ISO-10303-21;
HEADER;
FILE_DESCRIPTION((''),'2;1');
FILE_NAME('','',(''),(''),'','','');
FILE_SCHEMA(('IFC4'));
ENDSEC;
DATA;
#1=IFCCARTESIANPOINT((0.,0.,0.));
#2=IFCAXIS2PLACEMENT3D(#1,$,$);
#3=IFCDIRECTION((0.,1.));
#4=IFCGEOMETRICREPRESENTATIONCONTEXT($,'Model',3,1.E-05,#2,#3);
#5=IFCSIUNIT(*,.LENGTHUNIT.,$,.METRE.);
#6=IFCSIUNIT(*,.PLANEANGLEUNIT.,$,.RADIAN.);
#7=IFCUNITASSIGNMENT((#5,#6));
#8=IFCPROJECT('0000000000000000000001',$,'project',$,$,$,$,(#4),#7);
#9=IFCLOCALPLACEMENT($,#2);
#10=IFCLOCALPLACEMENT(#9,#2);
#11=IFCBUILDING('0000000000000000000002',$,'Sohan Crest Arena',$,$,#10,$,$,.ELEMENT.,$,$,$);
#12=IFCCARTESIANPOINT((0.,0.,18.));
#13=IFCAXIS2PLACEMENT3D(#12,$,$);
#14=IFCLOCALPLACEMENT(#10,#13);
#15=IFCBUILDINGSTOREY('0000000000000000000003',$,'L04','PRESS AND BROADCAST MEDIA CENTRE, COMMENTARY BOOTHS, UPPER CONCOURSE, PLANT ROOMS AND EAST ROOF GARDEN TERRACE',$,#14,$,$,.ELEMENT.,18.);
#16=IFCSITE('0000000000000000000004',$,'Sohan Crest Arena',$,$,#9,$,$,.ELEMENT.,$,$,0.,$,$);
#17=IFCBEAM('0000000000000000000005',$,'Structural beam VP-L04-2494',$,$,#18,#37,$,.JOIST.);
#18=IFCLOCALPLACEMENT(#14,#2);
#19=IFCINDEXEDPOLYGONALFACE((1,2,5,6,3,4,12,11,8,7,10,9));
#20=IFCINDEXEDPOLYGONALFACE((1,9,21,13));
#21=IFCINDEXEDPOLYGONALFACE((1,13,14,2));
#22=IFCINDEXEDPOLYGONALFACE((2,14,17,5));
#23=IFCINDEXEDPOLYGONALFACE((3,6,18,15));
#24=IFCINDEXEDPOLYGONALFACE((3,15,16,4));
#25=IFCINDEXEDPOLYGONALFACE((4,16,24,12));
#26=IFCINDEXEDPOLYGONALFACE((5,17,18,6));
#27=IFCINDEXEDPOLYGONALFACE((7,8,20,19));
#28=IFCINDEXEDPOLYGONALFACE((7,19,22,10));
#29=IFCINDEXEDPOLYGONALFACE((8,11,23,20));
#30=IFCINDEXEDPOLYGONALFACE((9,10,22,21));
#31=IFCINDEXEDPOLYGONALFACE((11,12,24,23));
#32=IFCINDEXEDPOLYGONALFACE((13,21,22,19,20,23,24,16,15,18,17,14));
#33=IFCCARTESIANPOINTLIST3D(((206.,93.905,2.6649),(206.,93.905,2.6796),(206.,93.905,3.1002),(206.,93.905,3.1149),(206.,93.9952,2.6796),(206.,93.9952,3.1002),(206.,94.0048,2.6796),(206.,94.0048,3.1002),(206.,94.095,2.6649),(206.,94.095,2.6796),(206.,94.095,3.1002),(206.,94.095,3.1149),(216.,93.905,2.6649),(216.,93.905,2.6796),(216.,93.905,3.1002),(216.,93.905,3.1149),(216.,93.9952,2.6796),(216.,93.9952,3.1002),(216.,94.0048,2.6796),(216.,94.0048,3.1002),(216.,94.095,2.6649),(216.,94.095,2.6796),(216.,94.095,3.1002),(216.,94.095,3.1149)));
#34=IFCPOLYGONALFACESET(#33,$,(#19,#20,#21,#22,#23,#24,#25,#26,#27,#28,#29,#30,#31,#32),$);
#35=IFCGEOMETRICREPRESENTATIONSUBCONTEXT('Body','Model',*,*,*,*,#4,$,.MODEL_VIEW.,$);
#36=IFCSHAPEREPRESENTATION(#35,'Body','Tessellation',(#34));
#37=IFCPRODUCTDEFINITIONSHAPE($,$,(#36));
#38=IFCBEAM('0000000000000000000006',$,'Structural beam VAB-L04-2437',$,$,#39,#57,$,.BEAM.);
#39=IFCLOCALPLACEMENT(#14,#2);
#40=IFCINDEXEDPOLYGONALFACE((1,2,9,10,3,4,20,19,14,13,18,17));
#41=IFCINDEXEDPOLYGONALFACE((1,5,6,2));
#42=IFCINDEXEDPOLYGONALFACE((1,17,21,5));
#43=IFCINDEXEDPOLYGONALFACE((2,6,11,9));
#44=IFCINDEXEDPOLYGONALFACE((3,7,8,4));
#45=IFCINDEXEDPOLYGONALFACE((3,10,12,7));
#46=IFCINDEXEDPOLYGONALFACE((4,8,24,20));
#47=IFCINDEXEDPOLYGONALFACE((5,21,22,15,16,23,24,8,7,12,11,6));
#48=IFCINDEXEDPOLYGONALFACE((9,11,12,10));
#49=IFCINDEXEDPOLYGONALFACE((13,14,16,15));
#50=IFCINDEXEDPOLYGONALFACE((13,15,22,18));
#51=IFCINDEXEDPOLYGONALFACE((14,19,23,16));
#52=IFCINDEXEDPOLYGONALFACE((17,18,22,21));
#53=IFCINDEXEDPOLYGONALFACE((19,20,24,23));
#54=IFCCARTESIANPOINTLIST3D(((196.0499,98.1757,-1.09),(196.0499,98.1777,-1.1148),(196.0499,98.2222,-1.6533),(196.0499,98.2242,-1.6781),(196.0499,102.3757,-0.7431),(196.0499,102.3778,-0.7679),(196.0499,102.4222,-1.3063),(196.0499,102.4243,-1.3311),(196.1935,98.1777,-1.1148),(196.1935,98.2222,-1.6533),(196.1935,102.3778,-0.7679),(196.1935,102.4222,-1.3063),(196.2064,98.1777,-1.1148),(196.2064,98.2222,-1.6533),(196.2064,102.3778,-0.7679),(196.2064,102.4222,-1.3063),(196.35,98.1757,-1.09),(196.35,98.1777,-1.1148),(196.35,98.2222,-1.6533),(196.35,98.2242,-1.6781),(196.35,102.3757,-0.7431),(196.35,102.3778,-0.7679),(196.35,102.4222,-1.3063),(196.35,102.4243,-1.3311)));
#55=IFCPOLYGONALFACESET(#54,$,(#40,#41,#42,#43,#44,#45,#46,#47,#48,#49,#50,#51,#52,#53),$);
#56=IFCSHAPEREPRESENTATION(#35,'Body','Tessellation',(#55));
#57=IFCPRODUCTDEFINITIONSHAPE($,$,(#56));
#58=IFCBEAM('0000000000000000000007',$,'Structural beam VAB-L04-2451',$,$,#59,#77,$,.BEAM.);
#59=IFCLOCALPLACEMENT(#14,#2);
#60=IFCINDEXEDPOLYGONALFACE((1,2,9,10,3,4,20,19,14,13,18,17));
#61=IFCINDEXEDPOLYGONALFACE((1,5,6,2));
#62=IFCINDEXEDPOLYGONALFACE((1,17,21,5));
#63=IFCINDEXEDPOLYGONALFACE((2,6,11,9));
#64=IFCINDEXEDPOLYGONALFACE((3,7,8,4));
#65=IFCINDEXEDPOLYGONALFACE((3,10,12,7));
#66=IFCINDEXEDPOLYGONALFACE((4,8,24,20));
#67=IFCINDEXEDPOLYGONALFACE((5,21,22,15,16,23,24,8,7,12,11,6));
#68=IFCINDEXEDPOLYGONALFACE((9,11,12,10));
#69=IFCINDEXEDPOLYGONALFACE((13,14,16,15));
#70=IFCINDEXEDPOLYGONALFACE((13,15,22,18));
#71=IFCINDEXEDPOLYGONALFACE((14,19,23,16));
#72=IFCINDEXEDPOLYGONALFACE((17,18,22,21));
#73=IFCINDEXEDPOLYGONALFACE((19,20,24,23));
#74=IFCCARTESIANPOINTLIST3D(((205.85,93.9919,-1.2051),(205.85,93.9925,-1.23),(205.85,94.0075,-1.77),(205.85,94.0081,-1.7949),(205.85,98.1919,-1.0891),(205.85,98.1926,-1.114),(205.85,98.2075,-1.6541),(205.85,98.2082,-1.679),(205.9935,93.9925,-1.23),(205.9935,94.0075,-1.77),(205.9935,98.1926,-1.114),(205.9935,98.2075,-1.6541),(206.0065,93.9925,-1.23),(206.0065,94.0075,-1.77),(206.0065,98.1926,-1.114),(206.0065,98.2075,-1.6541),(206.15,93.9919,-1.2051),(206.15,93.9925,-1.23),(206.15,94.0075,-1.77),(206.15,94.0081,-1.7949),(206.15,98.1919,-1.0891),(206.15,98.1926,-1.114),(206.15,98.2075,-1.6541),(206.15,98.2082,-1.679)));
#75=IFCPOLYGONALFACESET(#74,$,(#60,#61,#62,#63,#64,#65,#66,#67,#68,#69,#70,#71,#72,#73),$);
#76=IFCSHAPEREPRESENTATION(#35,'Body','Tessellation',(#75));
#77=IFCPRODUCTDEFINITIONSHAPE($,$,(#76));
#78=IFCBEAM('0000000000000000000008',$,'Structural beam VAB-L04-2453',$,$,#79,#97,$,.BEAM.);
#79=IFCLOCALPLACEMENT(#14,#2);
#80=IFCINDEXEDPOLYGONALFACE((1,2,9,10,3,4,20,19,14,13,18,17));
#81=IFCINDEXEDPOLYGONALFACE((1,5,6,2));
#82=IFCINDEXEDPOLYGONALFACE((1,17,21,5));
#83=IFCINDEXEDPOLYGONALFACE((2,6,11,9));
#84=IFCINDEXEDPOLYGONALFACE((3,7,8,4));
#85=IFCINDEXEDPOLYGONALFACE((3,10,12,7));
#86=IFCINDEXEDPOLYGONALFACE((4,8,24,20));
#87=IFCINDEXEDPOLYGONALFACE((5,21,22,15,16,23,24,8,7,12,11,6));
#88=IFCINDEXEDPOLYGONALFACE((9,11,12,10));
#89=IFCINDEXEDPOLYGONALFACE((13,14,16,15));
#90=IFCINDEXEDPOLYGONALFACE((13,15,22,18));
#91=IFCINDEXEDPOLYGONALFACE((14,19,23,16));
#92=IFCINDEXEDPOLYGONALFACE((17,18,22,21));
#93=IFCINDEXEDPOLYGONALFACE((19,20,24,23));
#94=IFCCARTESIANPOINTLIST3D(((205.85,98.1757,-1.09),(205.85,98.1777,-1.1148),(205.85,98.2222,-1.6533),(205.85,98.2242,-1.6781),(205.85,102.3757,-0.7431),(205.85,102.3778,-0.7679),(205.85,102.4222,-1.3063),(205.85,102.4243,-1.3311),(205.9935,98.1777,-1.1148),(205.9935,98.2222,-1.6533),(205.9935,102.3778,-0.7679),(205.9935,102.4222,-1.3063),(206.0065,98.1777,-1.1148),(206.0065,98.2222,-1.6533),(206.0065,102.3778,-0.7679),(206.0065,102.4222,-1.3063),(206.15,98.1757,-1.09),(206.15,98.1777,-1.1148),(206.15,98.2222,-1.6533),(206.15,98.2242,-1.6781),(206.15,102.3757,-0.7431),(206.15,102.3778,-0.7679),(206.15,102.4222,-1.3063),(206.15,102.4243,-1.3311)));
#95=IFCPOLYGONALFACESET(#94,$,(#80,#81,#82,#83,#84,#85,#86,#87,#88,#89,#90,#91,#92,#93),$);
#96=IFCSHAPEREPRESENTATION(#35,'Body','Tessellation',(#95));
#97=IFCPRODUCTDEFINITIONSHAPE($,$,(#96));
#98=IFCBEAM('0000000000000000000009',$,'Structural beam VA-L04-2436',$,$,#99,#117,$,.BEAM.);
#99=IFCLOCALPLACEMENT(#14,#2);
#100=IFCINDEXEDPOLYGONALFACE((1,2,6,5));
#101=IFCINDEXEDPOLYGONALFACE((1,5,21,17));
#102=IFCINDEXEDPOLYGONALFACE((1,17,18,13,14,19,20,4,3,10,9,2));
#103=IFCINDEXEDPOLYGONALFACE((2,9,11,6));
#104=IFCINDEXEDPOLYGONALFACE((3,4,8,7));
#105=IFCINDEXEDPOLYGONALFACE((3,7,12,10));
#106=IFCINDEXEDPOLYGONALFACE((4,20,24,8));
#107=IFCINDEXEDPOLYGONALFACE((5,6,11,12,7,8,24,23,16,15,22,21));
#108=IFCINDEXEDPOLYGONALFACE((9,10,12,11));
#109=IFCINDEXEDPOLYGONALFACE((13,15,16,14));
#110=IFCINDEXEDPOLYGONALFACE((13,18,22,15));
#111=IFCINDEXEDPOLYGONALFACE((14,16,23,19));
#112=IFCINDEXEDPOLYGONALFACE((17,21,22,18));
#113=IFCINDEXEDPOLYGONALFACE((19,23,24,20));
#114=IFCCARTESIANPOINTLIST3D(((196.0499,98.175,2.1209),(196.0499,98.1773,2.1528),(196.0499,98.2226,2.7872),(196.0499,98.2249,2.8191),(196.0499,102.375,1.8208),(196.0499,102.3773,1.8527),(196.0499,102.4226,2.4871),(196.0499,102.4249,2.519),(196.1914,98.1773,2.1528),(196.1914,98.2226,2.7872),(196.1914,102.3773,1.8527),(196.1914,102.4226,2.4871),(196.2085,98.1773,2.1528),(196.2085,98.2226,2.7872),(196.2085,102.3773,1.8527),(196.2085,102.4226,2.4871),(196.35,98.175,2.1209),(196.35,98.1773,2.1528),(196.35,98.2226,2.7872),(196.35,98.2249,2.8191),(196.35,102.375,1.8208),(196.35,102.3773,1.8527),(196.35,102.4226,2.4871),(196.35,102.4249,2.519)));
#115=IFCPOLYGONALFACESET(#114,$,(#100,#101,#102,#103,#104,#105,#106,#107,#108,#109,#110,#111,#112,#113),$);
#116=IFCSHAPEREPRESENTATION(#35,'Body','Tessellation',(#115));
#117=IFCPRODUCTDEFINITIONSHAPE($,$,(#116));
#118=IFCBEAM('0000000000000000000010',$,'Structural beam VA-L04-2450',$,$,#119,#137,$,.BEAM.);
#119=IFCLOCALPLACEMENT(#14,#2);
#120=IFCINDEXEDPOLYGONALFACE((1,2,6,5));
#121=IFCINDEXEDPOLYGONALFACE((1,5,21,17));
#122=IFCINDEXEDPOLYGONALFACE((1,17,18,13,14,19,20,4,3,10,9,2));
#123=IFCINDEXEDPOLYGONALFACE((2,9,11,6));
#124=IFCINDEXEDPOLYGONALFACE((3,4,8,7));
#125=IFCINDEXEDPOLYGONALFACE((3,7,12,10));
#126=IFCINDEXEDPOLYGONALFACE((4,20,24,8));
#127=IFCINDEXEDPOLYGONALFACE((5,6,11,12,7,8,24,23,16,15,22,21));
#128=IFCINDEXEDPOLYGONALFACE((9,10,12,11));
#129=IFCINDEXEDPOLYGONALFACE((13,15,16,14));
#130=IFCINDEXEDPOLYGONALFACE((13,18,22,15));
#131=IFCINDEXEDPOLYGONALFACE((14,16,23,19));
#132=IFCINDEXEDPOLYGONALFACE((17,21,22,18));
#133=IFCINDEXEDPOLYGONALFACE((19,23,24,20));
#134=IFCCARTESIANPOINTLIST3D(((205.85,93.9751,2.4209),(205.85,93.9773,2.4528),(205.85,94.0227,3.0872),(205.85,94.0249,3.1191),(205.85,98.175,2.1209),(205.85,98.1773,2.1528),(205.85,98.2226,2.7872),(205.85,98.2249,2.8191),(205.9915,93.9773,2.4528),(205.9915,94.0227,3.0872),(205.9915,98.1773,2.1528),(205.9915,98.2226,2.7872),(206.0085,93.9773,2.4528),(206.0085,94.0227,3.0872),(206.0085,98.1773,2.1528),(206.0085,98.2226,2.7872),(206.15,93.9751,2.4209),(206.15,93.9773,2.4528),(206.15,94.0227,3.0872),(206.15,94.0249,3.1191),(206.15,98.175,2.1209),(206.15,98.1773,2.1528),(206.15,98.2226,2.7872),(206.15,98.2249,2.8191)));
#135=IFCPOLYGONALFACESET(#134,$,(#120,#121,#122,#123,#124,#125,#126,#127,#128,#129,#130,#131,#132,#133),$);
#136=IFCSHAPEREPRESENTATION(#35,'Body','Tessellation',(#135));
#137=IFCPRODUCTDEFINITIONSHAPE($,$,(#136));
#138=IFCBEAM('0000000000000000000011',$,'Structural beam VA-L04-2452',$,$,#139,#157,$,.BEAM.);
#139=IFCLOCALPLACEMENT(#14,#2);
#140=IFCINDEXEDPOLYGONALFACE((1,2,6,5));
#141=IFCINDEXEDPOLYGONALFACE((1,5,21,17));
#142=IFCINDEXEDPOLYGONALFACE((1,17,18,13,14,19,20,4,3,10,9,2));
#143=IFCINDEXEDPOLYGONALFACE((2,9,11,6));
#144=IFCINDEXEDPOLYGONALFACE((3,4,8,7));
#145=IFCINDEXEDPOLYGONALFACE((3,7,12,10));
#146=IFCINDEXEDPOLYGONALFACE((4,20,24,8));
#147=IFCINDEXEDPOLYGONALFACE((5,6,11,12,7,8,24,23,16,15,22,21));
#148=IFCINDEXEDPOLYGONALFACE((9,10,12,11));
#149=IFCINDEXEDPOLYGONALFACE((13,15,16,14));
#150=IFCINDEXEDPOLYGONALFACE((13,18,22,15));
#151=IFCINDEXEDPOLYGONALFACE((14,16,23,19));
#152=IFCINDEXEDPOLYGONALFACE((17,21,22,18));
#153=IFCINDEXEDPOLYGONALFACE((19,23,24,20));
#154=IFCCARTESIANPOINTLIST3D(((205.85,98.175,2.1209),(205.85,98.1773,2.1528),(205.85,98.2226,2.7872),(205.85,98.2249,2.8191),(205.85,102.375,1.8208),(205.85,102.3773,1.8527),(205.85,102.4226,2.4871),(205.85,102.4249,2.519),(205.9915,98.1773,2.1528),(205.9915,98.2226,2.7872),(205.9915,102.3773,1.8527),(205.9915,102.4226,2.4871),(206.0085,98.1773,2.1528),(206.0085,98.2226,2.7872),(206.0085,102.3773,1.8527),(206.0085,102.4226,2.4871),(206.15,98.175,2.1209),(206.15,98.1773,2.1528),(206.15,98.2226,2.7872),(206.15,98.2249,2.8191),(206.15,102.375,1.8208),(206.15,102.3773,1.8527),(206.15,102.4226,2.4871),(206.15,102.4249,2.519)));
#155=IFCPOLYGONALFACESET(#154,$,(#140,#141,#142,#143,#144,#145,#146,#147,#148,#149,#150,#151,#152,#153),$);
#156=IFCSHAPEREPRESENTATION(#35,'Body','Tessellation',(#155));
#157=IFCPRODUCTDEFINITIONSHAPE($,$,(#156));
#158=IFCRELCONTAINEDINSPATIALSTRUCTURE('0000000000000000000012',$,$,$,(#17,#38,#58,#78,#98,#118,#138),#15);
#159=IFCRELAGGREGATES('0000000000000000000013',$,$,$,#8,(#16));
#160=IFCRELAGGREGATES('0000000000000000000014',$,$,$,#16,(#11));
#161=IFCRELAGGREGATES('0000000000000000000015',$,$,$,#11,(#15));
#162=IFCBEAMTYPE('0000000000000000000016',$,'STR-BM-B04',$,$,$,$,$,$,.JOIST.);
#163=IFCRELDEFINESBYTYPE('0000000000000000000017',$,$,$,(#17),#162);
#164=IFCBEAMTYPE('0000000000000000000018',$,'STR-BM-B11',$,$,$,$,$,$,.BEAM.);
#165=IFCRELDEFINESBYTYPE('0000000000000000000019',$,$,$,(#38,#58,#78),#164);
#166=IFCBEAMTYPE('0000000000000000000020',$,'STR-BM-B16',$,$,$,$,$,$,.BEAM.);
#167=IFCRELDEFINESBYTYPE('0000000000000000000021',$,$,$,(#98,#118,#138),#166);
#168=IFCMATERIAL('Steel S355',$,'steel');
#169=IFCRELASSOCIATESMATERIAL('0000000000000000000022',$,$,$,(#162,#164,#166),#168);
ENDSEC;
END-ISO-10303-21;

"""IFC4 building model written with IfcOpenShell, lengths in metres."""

from ifc_helpers import new_model, si_unit, direction, frame, origin, origin_2d, place, context, subcontext, project, spatial, i_section, extrude, material, material_profile, profile_set, type_object, element, save


model = new_model("IFC4")

# Units and contexts
model_context = context("Model", 3, precision=1e-05, world=origin(), true_north=direction((0.0, 1.0)))
body_context = subcontext(model_context, "Body", "Model", "MODEL_VIEW")
ifc_project = project(units=[si_unit("LENGTHUNIT", "METRE"), si_unit("PLANEANGLEUNIT", "RADIAN")], contexts=[model_context])

# Site, building, storey
site_placement = place(None, origin())
site = spatial("IfcSite", under=ifc_project, at=site_placement, Name="Sohan Crest Arena", CompositionType="ELEMENT", RefElevation=0.0)
building_placement = place(site_placement, origin())
building = spatial("IfcBuilding", under=site, at=building_placement, Name="Sohan Crest Arena", CompositionType="ELEMENT")
storey_placement = place(building_placement, frame((0.0, 0.0, 18.0)))
storey = spatial("IfcBuildingStorey", under=building, at=storey_placement, Name="L04", Description="PRESS AND BROADCAST MEDIA CENTRE, COMMENTARY BOOTHS, UPPER CONCOURSE, PLANT ROOMS AND EAST ROOF GARDEN TERRACE", CompositionType="ELEMENT", Elevation=18.0)

# Beams
ifc_material_1 = material(Name="Steel S355", Category="steel")
ifc_material_profile_1 = material_profile(ifc_material_1, i_section(OverallWidth=0.1899, OverallDepth=0.45, WebThickness=0.0095, FlangeThickness=0.0146, at=origin_2d()), Name="IPE 450")
ifc_profile_set_1 = profile_set([ifc_material_profile_1], Name="Steel S355")
beam_type_1 = type_object("IfcBeamType", Name="STR-BM-B04", PredefinedType="JOIST", material=ifc_profile_set_1)
beam_1_placement = place(storey_placement, frame((206.0, 94.0, 2.8899), z_axis=(1.0, 0.0, 0.0), x_axis=(0.0, 1.0, 0.0)))
element("IfcBeam", 1, at=beam_1_placement, inside=storey, type_object=beam_type_1, Name="Structural beam VP-L04-2494", PredefinedType="JOIST", context=body_context, shape_type="SweptSolid", body=[
    extrude(i_section(OverallWidth=0.1899, OverallDepth=0.45, WebThickness=0.0095, FlangeThickness=0.0146, at=origin_2d()), origin(), (0.0, 0.0, 1.0), 10.0),
])
ifc_material_profile_2 = material_profile(ifc_material_1, i_section(OverallWidth=0.3, OverallDepth=0.5901, WebThickness=0.0129, FlangeThickness=0.0249, at=origin_2d()), Name="HEA 600")
ifc_profile_set_2 = profile_set([ifc_material_profile_2], Name="Steel S355")
beam_type_2 = type_object("IfcBeamType", Name="STR-BM-B11", PredefinedType="BEAM", material=ifc_profile_set_2)
beam_2_placement = place(storey_placement, frame((196.2, 98.2, -1.384), z_axis=(0.0, 0.996606, 0.082322), x_axis=(-1.0, 0.0, 0.0)))
element("IfcBeam", 2, at=beam_2_placement, inside=storey, type_object=beam_type_2, Name="Structural beam VAB-L04-2437", PredefinedType="BEAM", context=body_context, shape_type="SweptSolid", body=[
    extrude(i_section(OverallWidth=0.3, OverallDepth=0.5901, WebThickness=0.0129, FlangeThickness=0.0249, at=origin_2d()), origin(), (0.0, 0.0, 1.0), 4.2144),
])
beam_3_placement = place(storey_placement, frame((206.0, 94.0, -1.5), z_axis=(0.0, 0.999619, 0.027601), x_axis=(-1.0, 0.0, 0.0)))
element("IfcBeam", 3, at=beam_3_placement, inside=storey, type_object=beam_type_2, Name="Structural beam VAB-L04-2451", PredefinedType="BEAM", context=body_context, shape_type="SweptSolid", body=[
    extrude(i_section(OverallWidth=0.3, OverallDepth=0.5901, WebThickness=0.0129, FlangeThickness=0.0249, at=origin_2d()), origin(), (0.0, 0.0, 1.0), 4.2017),
])
beam_4_placement = place(storey_placement, frame((206.0, 98.2, -1.384), z_axis=(0.0, 0.996606, 0.082322), x_axis=(-1.0, 0.0, 0.0)))
element("IfcBeam", 4, at=beam_4_placement, inside=storey, type_object=beam_type_2, Name="Structural beam VAB-L04-2453", PredefinedType="BEAM", context=body_context, shape_type="SweptSolid", body=[
    extrude(i_section(OverallWidth=0.3, OverallDepth=0.5901, WebThickness=0.0129, FlangeThickness=0.0249, at=origin_2d()), origin(), (0.0, 0.0, 1.0), 4.2144),
])
ifc_material_profile_3 = material_profile(ifc_material_1, i_section(OverallWidth=0.3, OverallDepth=0.7, WebThickness=0.0171, FlangeThickness=0.032, at=origin_2d()), Name="HEB 700")
ifc_profile_set_3 = profile_set([ifc_material_profile_3], Name="Steel S355")
beam_type_3 = type_object("IfcBeamType", Name="STR-BM-B16", PredefinedType="BEAM", material=ifc_profile_set_3)
for number, where, z_axis, x_axis, name in (
    (5, (196.2, 98.2, 2.47), (0.0, 0.997458, -0.071259), (-1.0, 0.0, 0.0), "Structural beam VA-L04-2436"),
    (6, (206.0, 94.0, 2.77), (0.0, 0.997458, -0.071259), (-1.0, 0.0, 0.0), "Structural beam VA-L04-2450"),
    (7, (206.0, 98.2, 2.47), (0.0, 0.997458, -0.071259), (-1.0, 0.0, 0.0), "Structural beam VA-L04-2452"),
):
    element("IfcBeam", number, at=place(storey_placement, frame(where, z_axis=z_axis, x_axis=x_axis)), inside=storey, type_object=beam_type_3, Name=name, PredefinedType="BEAM", context=body_context, shape_type="SweptSolid", body=[
        extrude(i_section(OverallWidth=0.3, OverallDepth=0.7, WebThickness=0.0171, FlangeThickness=0.032, at=origin_2d()), origin(), (0.0, 0.0, 1.0), 4.2107),
    ])

save(model, "model.ifc")
